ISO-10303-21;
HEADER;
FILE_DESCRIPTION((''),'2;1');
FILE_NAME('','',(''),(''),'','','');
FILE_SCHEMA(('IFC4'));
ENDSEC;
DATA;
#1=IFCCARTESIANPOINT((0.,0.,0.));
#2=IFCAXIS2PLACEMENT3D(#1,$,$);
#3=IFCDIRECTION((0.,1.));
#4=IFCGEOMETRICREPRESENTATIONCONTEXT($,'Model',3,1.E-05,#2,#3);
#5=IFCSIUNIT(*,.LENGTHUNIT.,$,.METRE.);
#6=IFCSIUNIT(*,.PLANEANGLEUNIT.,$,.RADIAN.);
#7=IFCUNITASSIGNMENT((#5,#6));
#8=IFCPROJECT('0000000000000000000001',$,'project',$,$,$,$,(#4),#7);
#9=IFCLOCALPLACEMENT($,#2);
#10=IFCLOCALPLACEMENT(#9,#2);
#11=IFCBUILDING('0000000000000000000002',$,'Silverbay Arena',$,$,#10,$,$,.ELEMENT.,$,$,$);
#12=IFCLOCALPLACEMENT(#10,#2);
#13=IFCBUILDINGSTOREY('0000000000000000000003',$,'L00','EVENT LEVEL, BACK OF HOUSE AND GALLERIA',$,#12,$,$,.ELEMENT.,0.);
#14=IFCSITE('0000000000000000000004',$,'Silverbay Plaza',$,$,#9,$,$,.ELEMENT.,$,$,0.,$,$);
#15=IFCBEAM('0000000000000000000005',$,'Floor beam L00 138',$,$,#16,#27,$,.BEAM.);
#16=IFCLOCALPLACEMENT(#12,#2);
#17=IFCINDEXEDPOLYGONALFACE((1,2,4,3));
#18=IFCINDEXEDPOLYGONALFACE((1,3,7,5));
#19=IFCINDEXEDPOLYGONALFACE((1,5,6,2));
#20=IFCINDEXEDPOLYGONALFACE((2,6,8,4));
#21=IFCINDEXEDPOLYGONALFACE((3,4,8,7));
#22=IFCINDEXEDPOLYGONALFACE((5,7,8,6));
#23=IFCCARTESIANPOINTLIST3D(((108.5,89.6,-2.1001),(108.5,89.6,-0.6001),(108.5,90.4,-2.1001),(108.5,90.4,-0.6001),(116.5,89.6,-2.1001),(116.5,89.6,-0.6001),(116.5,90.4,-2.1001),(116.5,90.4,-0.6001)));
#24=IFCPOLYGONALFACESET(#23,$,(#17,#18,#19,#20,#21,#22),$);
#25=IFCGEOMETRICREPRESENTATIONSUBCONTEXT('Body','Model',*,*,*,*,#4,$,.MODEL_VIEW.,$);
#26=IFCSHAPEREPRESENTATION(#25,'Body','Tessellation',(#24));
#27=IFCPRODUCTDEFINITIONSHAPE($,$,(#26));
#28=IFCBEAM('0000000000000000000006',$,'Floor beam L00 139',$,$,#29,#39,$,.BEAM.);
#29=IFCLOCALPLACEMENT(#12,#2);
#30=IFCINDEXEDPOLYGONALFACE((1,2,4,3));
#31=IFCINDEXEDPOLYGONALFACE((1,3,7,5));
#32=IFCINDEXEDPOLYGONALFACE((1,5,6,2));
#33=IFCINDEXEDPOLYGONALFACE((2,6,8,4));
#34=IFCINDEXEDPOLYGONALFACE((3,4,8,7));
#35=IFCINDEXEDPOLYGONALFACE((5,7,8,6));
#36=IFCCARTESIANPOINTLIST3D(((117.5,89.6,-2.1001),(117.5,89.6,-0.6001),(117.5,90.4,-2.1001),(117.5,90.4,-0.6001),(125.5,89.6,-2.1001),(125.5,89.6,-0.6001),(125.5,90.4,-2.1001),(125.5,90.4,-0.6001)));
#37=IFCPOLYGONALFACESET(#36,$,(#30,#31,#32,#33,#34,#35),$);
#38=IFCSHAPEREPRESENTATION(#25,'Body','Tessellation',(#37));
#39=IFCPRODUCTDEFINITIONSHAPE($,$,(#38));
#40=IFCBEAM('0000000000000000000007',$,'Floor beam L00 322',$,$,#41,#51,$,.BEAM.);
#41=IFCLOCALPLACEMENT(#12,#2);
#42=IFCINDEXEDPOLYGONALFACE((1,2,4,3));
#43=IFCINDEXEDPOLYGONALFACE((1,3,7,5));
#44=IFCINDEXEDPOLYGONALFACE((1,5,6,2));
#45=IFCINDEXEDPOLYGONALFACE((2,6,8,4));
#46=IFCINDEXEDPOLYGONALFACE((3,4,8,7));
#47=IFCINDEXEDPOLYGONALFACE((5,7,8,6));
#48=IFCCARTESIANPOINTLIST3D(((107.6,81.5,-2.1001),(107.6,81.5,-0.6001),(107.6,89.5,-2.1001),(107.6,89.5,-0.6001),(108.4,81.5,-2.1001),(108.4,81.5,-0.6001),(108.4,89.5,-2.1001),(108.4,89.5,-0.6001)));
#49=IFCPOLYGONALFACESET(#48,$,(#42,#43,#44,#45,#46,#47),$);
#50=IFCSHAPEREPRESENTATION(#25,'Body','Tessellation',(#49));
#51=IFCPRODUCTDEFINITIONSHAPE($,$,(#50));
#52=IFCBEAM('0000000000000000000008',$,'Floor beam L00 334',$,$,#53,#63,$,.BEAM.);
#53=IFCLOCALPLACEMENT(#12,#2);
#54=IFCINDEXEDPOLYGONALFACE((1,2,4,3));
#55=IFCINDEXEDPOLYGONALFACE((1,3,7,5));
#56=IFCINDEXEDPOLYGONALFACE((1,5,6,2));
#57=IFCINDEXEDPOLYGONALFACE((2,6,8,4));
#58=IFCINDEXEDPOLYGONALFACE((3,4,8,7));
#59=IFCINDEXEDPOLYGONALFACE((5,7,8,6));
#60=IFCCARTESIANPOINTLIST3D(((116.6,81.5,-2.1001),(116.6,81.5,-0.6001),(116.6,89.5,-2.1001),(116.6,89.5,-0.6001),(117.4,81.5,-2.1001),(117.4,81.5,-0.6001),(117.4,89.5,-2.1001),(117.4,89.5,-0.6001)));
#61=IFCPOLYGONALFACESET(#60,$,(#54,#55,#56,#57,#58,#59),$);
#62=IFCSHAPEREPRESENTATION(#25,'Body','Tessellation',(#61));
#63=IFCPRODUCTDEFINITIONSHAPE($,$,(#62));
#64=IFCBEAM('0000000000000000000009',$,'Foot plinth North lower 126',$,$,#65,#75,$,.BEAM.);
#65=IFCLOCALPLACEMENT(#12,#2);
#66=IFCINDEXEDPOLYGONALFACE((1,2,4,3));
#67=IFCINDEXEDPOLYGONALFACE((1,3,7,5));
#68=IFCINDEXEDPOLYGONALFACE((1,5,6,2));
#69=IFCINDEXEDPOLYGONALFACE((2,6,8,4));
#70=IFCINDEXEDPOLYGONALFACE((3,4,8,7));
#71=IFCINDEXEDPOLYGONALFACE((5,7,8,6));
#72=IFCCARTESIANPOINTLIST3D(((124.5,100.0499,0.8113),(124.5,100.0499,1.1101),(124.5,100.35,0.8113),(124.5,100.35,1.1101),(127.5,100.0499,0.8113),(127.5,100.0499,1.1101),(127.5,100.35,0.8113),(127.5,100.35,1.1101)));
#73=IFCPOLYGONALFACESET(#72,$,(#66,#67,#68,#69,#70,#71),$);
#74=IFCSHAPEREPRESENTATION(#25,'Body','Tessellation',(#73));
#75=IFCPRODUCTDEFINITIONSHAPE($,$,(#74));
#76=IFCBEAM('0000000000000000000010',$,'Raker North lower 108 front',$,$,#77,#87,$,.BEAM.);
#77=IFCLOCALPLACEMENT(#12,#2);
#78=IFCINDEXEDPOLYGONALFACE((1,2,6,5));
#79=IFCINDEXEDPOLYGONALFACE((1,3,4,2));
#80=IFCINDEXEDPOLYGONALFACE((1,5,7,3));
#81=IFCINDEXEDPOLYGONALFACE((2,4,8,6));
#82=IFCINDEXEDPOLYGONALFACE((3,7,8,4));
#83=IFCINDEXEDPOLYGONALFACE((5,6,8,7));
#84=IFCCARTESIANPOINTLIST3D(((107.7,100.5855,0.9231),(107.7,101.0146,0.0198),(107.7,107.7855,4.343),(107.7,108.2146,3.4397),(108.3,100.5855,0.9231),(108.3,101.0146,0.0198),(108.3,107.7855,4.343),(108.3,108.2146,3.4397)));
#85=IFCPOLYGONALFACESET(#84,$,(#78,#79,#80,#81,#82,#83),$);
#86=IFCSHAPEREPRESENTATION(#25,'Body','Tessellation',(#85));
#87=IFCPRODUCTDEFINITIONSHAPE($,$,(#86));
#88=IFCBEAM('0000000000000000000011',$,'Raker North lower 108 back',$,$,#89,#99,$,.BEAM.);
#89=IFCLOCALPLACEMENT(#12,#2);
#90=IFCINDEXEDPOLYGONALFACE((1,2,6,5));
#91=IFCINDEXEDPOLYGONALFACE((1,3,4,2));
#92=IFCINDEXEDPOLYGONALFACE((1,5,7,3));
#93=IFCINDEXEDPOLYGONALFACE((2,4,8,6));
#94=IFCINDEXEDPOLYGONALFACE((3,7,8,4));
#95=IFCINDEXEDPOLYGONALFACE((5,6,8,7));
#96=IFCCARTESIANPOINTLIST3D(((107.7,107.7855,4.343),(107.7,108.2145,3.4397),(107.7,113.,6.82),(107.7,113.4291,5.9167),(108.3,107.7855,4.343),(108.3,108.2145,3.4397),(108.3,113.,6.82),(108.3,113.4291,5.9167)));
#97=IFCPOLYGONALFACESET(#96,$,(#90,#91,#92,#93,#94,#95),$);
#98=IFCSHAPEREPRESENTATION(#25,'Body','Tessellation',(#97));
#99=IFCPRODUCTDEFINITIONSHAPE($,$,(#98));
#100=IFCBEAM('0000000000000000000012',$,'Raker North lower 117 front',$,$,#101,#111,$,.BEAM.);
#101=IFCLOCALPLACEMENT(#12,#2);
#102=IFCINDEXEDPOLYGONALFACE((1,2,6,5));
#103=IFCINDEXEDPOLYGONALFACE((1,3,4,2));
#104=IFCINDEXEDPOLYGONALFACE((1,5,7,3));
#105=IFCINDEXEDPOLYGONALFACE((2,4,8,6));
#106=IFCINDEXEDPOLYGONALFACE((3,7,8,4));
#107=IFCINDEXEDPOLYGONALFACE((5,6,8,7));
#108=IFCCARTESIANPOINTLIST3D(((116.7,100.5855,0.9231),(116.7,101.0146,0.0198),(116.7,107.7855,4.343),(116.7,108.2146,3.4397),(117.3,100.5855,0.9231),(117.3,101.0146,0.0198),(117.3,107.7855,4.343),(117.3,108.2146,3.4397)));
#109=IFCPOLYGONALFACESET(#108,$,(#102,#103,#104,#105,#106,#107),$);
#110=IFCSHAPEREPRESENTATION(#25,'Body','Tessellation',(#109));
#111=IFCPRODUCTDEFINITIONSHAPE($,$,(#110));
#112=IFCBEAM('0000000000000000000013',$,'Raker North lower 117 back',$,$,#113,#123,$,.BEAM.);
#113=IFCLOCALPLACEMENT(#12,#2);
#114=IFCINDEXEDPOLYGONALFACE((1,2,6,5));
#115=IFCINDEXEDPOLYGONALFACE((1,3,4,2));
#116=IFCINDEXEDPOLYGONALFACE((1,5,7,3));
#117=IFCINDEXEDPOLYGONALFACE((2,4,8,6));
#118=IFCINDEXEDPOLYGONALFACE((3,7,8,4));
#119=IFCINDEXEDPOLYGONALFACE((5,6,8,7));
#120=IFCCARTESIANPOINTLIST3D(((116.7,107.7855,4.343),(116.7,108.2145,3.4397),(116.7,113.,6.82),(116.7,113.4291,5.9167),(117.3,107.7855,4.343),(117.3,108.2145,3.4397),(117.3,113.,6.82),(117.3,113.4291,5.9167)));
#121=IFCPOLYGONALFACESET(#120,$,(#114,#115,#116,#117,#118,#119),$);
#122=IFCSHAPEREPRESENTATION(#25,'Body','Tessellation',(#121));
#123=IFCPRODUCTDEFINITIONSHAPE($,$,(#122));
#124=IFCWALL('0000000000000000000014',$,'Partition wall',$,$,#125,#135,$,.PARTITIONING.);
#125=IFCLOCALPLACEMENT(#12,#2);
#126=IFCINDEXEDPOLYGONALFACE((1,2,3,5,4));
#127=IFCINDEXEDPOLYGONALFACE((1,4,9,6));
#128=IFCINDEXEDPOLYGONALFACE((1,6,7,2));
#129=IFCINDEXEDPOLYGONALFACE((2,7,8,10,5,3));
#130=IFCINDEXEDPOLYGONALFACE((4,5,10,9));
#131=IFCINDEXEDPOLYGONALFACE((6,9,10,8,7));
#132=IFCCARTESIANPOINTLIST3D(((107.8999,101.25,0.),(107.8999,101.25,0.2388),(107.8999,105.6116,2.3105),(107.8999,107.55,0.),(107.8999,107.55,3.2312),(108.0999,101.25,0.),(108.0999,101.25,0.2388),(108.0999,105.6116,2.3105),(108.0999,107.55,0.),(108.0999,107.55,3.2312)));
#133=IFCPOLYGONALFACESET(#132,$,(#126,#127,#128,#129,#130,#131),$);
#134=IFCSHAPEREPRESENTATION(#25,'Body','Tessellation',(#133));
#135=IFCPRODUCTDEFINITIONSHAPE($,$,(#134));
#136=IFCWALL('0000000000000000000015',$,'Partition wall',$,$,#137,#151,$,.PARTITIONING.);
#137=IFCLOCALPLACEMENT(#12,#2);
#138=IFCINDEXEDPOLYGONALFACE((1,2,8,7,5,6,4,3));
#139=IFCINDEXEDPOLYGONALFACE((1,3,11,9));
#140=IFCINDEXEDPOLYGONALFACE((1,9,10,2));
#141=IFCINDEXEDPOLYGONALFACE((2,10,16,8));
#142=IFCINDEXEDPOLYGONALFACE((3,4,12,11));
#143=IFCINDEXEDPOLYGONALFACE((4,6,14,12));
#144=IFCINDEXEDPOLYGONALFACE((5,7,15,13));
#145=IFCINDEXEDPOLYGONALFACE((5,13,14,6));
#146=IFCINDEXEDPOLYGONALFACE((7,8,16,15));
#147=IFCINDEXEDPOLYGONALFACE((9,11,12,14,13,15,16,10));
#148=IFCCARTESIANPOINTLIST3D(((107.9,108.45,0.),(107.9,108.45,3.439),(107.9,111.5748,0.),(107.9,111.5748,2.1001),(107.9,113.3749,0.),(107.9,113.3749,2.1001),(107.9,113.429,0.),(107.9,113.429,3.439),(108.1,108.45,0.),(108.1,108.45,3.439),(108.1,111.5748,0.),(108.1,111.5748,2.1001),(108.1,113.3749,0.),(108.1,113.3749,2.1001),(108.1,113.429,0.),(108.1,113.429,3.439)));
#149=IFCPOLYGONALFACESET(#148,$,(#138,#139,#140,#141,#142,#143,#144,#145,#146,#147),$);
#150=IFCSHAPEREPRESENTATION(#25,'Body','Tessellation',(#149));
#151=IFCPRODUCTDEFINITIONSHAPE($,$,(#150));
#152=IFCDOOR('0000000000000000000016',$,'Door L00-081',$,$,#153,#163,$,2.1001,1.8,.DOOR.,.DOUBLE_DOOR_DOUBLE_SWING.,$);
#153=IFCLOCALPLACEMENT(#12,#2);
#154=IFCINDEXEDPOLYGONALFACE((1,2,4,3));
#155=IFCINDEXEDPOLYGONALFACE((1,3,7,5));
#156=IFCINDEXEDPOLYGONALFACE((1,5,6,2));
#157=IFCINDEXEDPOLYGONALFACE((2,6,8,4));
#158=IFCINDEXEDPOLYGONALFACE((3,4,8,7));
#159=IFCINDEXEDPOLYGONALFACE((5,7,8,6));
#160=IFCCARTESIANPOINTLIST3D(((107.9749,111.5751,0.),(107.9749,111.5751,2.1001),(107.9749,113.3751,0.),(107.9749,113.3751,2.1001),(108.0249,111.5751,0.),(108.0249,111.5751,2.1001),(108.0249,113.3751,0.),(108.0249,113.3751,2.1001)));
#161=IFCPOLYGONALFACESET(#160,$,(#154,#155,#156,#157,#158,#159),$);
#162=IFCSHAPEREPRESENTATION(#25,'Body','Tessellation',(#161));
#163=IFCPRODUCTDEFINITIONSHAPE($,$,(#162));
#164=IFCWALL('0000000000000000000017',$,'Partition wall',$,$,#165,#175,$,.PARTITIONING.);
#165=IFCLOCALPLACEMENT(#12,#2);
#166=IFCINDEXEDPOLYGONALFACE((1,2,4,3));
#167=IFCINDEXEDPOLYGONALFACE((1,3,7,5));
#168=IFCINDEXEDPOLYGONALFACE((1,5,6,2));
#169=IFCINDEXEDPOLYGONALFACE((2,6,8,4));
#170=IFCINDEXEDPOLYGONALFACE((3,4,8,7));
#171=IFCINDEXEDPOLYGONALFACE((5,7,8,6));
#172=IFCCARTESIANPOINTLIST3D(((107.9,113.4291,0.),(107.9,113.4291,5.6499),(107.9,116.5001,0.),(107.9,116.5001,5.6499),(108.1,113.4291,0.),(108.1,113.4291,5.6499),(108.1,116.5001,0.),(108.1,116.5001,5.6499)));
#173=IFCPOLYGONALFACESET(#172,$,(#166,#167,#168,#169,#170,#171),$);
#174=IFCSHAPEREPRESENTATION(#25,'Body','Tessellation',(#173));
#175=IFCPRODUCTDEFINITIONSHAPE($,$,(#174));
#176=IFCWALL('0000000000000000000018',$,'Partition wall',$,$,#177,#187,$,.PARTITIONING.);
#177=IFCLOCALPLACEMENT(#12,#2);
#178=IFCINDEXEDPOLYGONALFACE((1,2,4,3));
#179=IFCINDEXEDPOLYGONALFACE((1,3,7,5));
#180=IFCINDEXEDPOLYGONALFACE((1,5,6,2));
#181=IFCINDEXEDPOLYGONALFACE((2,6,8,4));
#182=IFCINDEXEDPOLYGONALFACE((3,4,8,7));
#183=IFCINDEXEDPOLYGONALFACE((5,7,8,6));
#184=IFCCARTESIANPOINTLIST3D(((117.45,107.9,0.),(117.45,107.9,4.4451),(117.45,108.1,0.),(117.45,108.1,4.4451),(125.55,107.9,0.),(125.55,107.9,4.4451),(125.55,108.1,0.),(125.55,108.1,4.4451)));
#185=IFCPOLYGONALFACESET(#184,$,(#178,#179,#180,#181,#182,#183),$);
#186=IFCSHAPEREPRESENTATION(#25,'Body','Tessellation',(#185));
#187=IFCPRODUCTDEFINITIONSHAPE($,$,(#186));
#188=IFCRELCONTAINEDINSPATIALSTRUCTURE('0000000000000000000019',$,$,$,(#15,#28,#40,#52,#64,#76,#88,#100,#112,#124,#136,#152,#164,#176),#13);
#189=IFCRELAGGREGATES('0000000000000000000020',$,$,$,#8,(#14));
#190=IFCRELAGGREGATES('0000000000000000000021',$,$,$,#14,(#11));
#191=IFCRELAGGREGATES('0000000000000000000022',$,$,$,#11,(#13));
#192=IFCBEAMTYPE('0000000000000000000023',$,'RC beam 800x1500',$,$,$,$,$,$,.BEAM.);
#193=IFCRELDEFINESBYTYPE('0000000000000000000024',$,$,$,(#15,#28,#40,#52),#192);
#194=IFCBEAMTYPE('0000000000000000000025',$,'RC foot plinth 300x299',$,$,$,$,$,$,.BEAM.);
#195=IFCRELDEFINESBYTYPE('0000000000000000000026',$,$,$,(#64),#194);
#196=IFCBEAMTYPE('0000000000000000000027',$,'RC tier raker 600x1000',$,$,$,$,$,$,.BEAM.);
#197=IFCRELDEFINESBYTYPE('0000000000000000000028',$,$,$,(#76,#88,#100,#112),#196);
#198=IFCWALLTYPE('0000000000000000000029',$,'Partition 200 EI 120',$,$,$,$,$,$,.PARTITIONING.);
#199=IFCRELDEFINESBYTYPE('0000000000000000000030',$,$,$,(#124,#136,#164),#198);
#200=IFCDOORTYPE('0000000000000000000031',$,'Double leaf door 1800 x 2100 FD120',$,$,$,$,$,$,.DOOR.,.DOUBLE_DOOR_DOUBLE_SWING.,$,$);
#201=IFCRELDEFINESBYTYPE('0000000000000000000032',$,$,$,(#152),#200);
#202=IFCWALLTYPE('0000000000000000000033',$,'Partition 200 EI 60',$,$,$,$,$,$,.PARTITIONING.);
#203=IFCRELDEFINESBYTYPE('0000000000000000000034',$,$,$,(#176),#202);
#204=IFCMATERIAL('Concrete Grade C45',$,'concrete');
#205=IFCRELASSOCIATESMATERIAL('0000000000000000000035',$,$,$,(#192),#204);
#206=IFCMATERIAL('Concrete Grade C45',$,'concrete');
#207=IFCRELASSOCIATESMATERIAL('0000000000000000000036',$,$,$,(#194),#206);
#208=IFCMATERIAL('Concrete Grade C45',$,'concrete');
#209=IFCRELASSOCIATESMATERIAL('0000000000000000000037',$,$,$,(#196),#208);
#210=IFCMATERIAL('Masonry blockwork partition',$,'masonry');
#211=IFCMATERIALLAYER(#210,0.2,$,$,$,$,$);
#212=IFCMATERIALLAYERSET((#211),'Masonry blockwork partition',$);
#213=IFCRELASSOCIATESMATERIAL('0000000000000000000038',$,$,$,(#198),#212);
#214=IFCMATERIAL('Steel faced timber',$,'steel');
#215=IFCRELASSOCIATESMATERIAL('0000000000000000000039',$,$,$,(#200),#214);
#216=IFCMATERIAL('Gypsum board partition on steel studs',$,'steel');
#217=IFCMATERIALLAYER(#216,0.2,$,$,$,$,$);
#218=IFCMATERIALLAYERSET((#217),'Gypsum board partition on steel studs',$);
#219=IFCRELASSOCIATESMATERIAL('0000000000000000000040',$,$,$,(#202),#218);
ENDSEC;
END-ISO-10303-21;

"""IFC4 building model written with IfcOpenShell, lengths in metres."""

from ifc_helpers import new_model, si_unit, direction, frame, frame_2d, origin, origin_2d, place, context, subcontext, project, spatial, polyline, rectangle, outline, extrude, material, layer, layer_set, material_profile, profile_set, type_object, element, fill, save


model = new_model("IFC4")

# Units and contexts
model_context = context("Model", 3, precision=1e-05, world=origin(), true_north=direction((0.0, 1.0)))
body_context = subcontext(model_context, "Body", "Model", "MODEL_VIEW")
ifc_project = project(units=[si_unit("LENGTHUNIT", "METRE"), si_unit("PLANEANGLEUNIT", "RADIAN")], contexts=[model_context])

# Site, building, storey
site_placement = place(None, origin())
site = spatial("IfcSite", under=ifc_project, at=site_placement, Name="Silverbay Plaza", CompositionType="ELEMENT", RefElevation=0.0)
building_placement = place(site_placement, origin())
building = spatial("IfcBuilding", under=site, at=building_placement, Name="Silverbay Arena", CompositionType="ELEMENT")
storey_placement = place(building_placement, origin())
storey = spatial("IfcBuildingStorey", under=building, at=storey_placement, Name="L00", Description="EVENT LEVEL, BACK OF HOUSE AND GALLERIA", CompositionType="ELEMENT", Elevation=0.0)

# Beams
ifc_material_1 = material(Name="Concrete Grade C45", Category="concrete")
ifc_material_profile_1 = material_profile(ifc_material_1, rectangle(XDim=0.8, YDim=1.5, at=origin_2d()), Name="RC 800x1500")
ifc_profile_set_1 = profile_set([ifc_material_profile_1], Name="Concrete Grade C45")
beam_type_1 = type_object("IfcBeamType", Name="RC beam 800x1500", PredefinedType="BEAM", material=ifc_profile_set_1)
for number, where, z_axis, x_axis, name in (
    (1, (108.5, 90.0, -1.3501), (1.0, 0.0, 0.0), (0.0, 1.0, 0.0), "Floor beam L00 138"),
    (2, (117.5, 90.0, -1.3501), (1.0, 0.0, 0.0), (0.0, 1.0, 0.0), "Floor beam L00 139"),
    (3, (108.0, 81.5, -1.3501), (0.0, 1.0, 0.0), (-1.0, 0.0, 0.0), "Floor beam L00 322"),
    (4, (117.0, 81.5, -1.3501), (0.0, 1.0, 0.0), (-1.0, 0.0, 0.0), "Floor beam L00 334"),
):
    element("IfcBeam", number, at=place(storey_placement, frame(where, z_axis=z_axis, x_axis=x_axis)), inside=storey, type_object=beam_type_1, Name=name, PredefinedType="BEAM", context=body_context, shape_type="SweptSolid", body=[
        extrude(rectangle(XDim=0.8, YDim=1.5, at=origin_2d()), origin(), (0.0, 0.0, 1.0), 8.0),
    ])
ifc_material_2 = material(Name="Concrete Grade C45", Category="concrete")
ifc_material_profile_2 = material_profile(ifc_material_2, rectangle(XDim=0.3, YDim=0.2988, at=origin_2d()), Name="RC 300x299")
ifc_profile_set_2 = profile_set([ifc_material_profile_2], Name="Concrete Grade C45")
beam_type_2 = type_object("IfcBeamType", Name="RC foot plinth 300x299", PredefinedType="BEAM", material=ifc_profile_set_2)
beam_1_placement = place(storey_placement, frame((124.5, 100.2, 0.9607), z_axis=(1.0, 0.0, 0.0), x_axis=(0.0, 1.0, 0.0)))
element("IfcBeam", 5, at=beam_1_placement, inside=storey, type_object=beam_type_2, Name="Foot plinth North lower 126", PredefinedType="BEAM", context=body_context, shape_type="SweptSolid", body=[
    extrude(rectangle(XDim=0.3, YDim=0.2988, at=origin_2d()), origin(), (0.0, 0.0, 1.0), 3.0),
])
ifc_material_3 = material(Name="Concrete Grade C45", Category="concrete")
ifc_material_profile_3 = material_profile(ifc_material_3, rectangle(XDim=0.6001, YDim=1.0, at=origin_2d()), Name="RC 600x1000")
ifc_profile_set_3 = profile_set([ifc_material_profile_3], Name="Concrete Grade C45")
beam_type_3 = type_object("IfcBeamType", Name="RC tier raker 600x1000", PredefinedType="BEAM", material=ifc_profile_set_3)
beam_2_placement = place(storey_placement, frame((108.0, 100.8, 0.4714), z_axis=(0.0, 0.90328, 0.429051), x_axis=(-1.0, 0.0, 0.0)))
element("IfcBeam", 6, at=beam_2_placement, inside=storey, type_object=beam_type_3, Name="Raker North lower 108 front", PredefinedType="BEAM", context=body_context, shape_type="SweptSolid", body=[
    extrude(rectangle(XDim=0.6001, YDim=1.0, at=origin_2d()), origin(), (0.0, 0.0, 1.0), 7.9709),
])
beam_3_placement = place(storey_placement, frame((108.0, 108.0, 3.8914), z_axis=(0.0, 0.90327, 0.429073), x_axis=(-1.0, 0.0, 0.0)))
element("IfcBeam", 7, at=beam_3_placement, inside=storey, type_object=beam_type_3, Name="Raker North lower 108 back", PredefinedType="BEAM", context=body_context, shape_type="SweptSolid", body=[
    extrude(rectangle(XDim=0.6001, YDim=1.0, at=origin_2d()), origin(), (0.0, 0.0, 1.0), 5.7729),
])
beam_4_placement = place(storey_placement, frame((117.0, 100.8, 0.4714), z_axis=(0.0, 0.90328, 0.429051), x_axis=(-1.0, 0.0, 0.0)))
element("IfcBeam", 8, at=beam_4_placement, inside=storey, type_object=beam_type_3, Name="Raker North lower 117 front", PredefinedType="BEAM", context=body_context, shape_type="SweptSolid", body=[
    extrude(rectangle(XDim=0.6001, YDim=1.0, at=origin_2d()), origin(), (0.0, 0.0, 1.0), 7.9709),
])
beam_5_placement = place(storey_placement, frame((117.0, 108.0, 3.8914), z_axis=(0.0, 0.90327, 0.429073), x_axis=(-1.0, 0.0, 0.0)))
element("IfcBeam", 9, at=beam_5_placement, inside=storey, type_object=beam_type_3, Name="Raker North lower 117 back", PredefinedType="BEAM", context=body_context, shape_type="SweptSolid", body=[
    extrude(rectangle(XDim=0.6001, YDim=1.0, at=origin_2d()), origin(), (0.0, 0.0, 1.0), 5.7729),
])

# Wall
ifc_material_4 = material(Name="Masonry blockwork partition", Category="masonry")
ifc_layer_1 = layer(ifc_material_4, 0.2)
ifc_layer_set_1 = layer_set([ifc_layer_1], Name="Masonry blockwork partition")
wall_type_1 = type_object("IfcWallType", Name="Partition 200 EI 120", PredefinedType="PARTITIONING", material=ifc_layer_set_1)
wall_1_placement = place(storey_placement, frame((108.0, 101.25, 0.0), z_axis=(0.0, 0.0, 1.0), x_axis=(0.0, 1.0, 0.0)))
element("IfcWall", 10, at=wall_1_placement, inside=storey, type_object=wall_type_1, Name="Partition wall", PredefinedType="PARTITIONING", context=body_context, shape_type="SweptSolid", body=[
    extrude(outline(polyline([(0.0, 0.0), (6.3, 0.0), (6.3, 3.2312), (4.3616, 2.3105), (0.0, 0.2388), (0.0, 0.0)])), frame((0.0, 0.1001, 0.0), z_axis=(0.0, -1.0, 0.0), x_axis=(1.0, 0.0, 0.0)), (0.0, 0.0, 1.0), 0.2),
])

# Wall, opening, door
wall_2_placement = place(storey_placement, frame((108.0, 108.45, 0.0), z_axis=(0.0, 0.0, 1.0), x_axis=(0.0, 1.0, 0.0)))
wall_2 = element("IfcWall", 11, at=wall_2_placement, inside=storey, type_object=wall_type_1, Name="Partition wall", PredefinedType="PARTITIONING", context=body_context, shape_type="SweptSolid", body=[
    extrude(rectangle(XDim=4.979, YDim=0.2, at=frame_2d((2.4895, 0.0))), origin(), (0.0, 0.0, 1.0), 3.439),
])
opening_1_placement = place(wall_2_placement, frame((3.125, 0.0, 0.0)))
opening_1 = element("IfcOpeningElement", 12, at=opening_1_placement, cuts=wall_2, PredefinedType="OPENING", context=body_context, shape_type="SweptSolid", body=[
    extrude(rectangle(XDim=1.8, YDim=2.1001, at=frame_2d((0.8999, 1.05))), frame((0.0, 0.1099, 0.0), z_axis=(0.0, -1.0, 0.0), x_axis=(1.0, 0.0, 0.0)), (0.0, 0.0, 1.0), 0.22),
])
ifc_material_5 = material(Name="Steel faced timber", Category="steel")
door_type_1 = type_object("IfcDoorType", Name="Double leaf door 1800 x 2100 FD120", OperationType="DOUBLE_DOOR_DOUBLE_SWING", PredefinedType="DOOR", material=ifc_material_5)
door_1_placement = place(opening_1_placement, frame((1.8, 0.0, 0.0), z_axis=(0.0, 0.0, 1.0), x_axis=(-1.0, 0.0, 0.0)))
door_1 = element("IfcDoor", 13, at=door_1_placement, inside=storey, type_object=door_type_1, Name="Door L00-081", OperationType="DOUBLE_DOOR_DOUBLE_SWING", OverallHeight=2.1001, OverallWidth=1.8, PredefinedType="DOOR", context=body_context, shape_type="SweptSolid", body=[
    extrude(rectangle(XDim=1.8, YDim=2.1001, at=frame_2d((0.8999, 1.05))), frame((0.0, 0.0249, 0.0), z_axis=(0.0, -1.0, 0.0), x_axis=(1.0, 0.0, 0.0)), (0.0, 0.0, 1.0), 0.05),
])
fill(opening_1, door_1)

# Walls
wall_3_placement = place(storey_placement, frame((108.0, 113.429, 0.0), z_axis=(0.0, 0.0, 1.0), x_axis=(0.0, 1.0, 0.0)))
element("IfcWall", 14, at=wall_3_placement, inside=storey, type_object=wall_type_1, Name="Partition wall", PredefinedType="PARTITIONING", context=body_context, shape_type="SweptSolid", body=[
    extrude(rectangle(XDim=3.071, YDim=0.2, at=frame_2d((1.5356, 0.0))), origin(), (0.0, 0.0, 1.0), 5.6499),
])
ifc_material_6 = material(Name="Gypsum board partition on steel studs", Category="steel")
ifc_layer_2 = layer(ifc_material_6, 0.2)
ifc_layer_set_2 = layer_set([ifc_layer_2], Name="Gypsum board partition on steel studs")
wall_type_2 = type_object("IfcWallType", Name="Partition 200 EI 60", PredefinedType="PARTITIONING", material=ifc_layer_set_2)
for number, where, z_axis, x_axis, name in (
    (15, (117.45, 108.0, 0.0), (0.0, 0.0, 1.0), (1.0, 0.0, 0.0), "Partition wall"),
):
    element("IfcWall", number, at=place(storey_placement, frame(where, z_axis=z_axis, x_axis=x_axis)), inside=storey, type_object=wall_type_2, Name=name, PredefinedType="PARTITIONING", context=body_context, shape_type="SweptSolid", body=[
        extrude(rectangle(XDim=8.1001, YDim=0.2, at=frame_2d((4.05, 0.0))), origin(), (0.0, 0.0, 1.0), 4.4451),
    ])

save(model, "model.ifc")
